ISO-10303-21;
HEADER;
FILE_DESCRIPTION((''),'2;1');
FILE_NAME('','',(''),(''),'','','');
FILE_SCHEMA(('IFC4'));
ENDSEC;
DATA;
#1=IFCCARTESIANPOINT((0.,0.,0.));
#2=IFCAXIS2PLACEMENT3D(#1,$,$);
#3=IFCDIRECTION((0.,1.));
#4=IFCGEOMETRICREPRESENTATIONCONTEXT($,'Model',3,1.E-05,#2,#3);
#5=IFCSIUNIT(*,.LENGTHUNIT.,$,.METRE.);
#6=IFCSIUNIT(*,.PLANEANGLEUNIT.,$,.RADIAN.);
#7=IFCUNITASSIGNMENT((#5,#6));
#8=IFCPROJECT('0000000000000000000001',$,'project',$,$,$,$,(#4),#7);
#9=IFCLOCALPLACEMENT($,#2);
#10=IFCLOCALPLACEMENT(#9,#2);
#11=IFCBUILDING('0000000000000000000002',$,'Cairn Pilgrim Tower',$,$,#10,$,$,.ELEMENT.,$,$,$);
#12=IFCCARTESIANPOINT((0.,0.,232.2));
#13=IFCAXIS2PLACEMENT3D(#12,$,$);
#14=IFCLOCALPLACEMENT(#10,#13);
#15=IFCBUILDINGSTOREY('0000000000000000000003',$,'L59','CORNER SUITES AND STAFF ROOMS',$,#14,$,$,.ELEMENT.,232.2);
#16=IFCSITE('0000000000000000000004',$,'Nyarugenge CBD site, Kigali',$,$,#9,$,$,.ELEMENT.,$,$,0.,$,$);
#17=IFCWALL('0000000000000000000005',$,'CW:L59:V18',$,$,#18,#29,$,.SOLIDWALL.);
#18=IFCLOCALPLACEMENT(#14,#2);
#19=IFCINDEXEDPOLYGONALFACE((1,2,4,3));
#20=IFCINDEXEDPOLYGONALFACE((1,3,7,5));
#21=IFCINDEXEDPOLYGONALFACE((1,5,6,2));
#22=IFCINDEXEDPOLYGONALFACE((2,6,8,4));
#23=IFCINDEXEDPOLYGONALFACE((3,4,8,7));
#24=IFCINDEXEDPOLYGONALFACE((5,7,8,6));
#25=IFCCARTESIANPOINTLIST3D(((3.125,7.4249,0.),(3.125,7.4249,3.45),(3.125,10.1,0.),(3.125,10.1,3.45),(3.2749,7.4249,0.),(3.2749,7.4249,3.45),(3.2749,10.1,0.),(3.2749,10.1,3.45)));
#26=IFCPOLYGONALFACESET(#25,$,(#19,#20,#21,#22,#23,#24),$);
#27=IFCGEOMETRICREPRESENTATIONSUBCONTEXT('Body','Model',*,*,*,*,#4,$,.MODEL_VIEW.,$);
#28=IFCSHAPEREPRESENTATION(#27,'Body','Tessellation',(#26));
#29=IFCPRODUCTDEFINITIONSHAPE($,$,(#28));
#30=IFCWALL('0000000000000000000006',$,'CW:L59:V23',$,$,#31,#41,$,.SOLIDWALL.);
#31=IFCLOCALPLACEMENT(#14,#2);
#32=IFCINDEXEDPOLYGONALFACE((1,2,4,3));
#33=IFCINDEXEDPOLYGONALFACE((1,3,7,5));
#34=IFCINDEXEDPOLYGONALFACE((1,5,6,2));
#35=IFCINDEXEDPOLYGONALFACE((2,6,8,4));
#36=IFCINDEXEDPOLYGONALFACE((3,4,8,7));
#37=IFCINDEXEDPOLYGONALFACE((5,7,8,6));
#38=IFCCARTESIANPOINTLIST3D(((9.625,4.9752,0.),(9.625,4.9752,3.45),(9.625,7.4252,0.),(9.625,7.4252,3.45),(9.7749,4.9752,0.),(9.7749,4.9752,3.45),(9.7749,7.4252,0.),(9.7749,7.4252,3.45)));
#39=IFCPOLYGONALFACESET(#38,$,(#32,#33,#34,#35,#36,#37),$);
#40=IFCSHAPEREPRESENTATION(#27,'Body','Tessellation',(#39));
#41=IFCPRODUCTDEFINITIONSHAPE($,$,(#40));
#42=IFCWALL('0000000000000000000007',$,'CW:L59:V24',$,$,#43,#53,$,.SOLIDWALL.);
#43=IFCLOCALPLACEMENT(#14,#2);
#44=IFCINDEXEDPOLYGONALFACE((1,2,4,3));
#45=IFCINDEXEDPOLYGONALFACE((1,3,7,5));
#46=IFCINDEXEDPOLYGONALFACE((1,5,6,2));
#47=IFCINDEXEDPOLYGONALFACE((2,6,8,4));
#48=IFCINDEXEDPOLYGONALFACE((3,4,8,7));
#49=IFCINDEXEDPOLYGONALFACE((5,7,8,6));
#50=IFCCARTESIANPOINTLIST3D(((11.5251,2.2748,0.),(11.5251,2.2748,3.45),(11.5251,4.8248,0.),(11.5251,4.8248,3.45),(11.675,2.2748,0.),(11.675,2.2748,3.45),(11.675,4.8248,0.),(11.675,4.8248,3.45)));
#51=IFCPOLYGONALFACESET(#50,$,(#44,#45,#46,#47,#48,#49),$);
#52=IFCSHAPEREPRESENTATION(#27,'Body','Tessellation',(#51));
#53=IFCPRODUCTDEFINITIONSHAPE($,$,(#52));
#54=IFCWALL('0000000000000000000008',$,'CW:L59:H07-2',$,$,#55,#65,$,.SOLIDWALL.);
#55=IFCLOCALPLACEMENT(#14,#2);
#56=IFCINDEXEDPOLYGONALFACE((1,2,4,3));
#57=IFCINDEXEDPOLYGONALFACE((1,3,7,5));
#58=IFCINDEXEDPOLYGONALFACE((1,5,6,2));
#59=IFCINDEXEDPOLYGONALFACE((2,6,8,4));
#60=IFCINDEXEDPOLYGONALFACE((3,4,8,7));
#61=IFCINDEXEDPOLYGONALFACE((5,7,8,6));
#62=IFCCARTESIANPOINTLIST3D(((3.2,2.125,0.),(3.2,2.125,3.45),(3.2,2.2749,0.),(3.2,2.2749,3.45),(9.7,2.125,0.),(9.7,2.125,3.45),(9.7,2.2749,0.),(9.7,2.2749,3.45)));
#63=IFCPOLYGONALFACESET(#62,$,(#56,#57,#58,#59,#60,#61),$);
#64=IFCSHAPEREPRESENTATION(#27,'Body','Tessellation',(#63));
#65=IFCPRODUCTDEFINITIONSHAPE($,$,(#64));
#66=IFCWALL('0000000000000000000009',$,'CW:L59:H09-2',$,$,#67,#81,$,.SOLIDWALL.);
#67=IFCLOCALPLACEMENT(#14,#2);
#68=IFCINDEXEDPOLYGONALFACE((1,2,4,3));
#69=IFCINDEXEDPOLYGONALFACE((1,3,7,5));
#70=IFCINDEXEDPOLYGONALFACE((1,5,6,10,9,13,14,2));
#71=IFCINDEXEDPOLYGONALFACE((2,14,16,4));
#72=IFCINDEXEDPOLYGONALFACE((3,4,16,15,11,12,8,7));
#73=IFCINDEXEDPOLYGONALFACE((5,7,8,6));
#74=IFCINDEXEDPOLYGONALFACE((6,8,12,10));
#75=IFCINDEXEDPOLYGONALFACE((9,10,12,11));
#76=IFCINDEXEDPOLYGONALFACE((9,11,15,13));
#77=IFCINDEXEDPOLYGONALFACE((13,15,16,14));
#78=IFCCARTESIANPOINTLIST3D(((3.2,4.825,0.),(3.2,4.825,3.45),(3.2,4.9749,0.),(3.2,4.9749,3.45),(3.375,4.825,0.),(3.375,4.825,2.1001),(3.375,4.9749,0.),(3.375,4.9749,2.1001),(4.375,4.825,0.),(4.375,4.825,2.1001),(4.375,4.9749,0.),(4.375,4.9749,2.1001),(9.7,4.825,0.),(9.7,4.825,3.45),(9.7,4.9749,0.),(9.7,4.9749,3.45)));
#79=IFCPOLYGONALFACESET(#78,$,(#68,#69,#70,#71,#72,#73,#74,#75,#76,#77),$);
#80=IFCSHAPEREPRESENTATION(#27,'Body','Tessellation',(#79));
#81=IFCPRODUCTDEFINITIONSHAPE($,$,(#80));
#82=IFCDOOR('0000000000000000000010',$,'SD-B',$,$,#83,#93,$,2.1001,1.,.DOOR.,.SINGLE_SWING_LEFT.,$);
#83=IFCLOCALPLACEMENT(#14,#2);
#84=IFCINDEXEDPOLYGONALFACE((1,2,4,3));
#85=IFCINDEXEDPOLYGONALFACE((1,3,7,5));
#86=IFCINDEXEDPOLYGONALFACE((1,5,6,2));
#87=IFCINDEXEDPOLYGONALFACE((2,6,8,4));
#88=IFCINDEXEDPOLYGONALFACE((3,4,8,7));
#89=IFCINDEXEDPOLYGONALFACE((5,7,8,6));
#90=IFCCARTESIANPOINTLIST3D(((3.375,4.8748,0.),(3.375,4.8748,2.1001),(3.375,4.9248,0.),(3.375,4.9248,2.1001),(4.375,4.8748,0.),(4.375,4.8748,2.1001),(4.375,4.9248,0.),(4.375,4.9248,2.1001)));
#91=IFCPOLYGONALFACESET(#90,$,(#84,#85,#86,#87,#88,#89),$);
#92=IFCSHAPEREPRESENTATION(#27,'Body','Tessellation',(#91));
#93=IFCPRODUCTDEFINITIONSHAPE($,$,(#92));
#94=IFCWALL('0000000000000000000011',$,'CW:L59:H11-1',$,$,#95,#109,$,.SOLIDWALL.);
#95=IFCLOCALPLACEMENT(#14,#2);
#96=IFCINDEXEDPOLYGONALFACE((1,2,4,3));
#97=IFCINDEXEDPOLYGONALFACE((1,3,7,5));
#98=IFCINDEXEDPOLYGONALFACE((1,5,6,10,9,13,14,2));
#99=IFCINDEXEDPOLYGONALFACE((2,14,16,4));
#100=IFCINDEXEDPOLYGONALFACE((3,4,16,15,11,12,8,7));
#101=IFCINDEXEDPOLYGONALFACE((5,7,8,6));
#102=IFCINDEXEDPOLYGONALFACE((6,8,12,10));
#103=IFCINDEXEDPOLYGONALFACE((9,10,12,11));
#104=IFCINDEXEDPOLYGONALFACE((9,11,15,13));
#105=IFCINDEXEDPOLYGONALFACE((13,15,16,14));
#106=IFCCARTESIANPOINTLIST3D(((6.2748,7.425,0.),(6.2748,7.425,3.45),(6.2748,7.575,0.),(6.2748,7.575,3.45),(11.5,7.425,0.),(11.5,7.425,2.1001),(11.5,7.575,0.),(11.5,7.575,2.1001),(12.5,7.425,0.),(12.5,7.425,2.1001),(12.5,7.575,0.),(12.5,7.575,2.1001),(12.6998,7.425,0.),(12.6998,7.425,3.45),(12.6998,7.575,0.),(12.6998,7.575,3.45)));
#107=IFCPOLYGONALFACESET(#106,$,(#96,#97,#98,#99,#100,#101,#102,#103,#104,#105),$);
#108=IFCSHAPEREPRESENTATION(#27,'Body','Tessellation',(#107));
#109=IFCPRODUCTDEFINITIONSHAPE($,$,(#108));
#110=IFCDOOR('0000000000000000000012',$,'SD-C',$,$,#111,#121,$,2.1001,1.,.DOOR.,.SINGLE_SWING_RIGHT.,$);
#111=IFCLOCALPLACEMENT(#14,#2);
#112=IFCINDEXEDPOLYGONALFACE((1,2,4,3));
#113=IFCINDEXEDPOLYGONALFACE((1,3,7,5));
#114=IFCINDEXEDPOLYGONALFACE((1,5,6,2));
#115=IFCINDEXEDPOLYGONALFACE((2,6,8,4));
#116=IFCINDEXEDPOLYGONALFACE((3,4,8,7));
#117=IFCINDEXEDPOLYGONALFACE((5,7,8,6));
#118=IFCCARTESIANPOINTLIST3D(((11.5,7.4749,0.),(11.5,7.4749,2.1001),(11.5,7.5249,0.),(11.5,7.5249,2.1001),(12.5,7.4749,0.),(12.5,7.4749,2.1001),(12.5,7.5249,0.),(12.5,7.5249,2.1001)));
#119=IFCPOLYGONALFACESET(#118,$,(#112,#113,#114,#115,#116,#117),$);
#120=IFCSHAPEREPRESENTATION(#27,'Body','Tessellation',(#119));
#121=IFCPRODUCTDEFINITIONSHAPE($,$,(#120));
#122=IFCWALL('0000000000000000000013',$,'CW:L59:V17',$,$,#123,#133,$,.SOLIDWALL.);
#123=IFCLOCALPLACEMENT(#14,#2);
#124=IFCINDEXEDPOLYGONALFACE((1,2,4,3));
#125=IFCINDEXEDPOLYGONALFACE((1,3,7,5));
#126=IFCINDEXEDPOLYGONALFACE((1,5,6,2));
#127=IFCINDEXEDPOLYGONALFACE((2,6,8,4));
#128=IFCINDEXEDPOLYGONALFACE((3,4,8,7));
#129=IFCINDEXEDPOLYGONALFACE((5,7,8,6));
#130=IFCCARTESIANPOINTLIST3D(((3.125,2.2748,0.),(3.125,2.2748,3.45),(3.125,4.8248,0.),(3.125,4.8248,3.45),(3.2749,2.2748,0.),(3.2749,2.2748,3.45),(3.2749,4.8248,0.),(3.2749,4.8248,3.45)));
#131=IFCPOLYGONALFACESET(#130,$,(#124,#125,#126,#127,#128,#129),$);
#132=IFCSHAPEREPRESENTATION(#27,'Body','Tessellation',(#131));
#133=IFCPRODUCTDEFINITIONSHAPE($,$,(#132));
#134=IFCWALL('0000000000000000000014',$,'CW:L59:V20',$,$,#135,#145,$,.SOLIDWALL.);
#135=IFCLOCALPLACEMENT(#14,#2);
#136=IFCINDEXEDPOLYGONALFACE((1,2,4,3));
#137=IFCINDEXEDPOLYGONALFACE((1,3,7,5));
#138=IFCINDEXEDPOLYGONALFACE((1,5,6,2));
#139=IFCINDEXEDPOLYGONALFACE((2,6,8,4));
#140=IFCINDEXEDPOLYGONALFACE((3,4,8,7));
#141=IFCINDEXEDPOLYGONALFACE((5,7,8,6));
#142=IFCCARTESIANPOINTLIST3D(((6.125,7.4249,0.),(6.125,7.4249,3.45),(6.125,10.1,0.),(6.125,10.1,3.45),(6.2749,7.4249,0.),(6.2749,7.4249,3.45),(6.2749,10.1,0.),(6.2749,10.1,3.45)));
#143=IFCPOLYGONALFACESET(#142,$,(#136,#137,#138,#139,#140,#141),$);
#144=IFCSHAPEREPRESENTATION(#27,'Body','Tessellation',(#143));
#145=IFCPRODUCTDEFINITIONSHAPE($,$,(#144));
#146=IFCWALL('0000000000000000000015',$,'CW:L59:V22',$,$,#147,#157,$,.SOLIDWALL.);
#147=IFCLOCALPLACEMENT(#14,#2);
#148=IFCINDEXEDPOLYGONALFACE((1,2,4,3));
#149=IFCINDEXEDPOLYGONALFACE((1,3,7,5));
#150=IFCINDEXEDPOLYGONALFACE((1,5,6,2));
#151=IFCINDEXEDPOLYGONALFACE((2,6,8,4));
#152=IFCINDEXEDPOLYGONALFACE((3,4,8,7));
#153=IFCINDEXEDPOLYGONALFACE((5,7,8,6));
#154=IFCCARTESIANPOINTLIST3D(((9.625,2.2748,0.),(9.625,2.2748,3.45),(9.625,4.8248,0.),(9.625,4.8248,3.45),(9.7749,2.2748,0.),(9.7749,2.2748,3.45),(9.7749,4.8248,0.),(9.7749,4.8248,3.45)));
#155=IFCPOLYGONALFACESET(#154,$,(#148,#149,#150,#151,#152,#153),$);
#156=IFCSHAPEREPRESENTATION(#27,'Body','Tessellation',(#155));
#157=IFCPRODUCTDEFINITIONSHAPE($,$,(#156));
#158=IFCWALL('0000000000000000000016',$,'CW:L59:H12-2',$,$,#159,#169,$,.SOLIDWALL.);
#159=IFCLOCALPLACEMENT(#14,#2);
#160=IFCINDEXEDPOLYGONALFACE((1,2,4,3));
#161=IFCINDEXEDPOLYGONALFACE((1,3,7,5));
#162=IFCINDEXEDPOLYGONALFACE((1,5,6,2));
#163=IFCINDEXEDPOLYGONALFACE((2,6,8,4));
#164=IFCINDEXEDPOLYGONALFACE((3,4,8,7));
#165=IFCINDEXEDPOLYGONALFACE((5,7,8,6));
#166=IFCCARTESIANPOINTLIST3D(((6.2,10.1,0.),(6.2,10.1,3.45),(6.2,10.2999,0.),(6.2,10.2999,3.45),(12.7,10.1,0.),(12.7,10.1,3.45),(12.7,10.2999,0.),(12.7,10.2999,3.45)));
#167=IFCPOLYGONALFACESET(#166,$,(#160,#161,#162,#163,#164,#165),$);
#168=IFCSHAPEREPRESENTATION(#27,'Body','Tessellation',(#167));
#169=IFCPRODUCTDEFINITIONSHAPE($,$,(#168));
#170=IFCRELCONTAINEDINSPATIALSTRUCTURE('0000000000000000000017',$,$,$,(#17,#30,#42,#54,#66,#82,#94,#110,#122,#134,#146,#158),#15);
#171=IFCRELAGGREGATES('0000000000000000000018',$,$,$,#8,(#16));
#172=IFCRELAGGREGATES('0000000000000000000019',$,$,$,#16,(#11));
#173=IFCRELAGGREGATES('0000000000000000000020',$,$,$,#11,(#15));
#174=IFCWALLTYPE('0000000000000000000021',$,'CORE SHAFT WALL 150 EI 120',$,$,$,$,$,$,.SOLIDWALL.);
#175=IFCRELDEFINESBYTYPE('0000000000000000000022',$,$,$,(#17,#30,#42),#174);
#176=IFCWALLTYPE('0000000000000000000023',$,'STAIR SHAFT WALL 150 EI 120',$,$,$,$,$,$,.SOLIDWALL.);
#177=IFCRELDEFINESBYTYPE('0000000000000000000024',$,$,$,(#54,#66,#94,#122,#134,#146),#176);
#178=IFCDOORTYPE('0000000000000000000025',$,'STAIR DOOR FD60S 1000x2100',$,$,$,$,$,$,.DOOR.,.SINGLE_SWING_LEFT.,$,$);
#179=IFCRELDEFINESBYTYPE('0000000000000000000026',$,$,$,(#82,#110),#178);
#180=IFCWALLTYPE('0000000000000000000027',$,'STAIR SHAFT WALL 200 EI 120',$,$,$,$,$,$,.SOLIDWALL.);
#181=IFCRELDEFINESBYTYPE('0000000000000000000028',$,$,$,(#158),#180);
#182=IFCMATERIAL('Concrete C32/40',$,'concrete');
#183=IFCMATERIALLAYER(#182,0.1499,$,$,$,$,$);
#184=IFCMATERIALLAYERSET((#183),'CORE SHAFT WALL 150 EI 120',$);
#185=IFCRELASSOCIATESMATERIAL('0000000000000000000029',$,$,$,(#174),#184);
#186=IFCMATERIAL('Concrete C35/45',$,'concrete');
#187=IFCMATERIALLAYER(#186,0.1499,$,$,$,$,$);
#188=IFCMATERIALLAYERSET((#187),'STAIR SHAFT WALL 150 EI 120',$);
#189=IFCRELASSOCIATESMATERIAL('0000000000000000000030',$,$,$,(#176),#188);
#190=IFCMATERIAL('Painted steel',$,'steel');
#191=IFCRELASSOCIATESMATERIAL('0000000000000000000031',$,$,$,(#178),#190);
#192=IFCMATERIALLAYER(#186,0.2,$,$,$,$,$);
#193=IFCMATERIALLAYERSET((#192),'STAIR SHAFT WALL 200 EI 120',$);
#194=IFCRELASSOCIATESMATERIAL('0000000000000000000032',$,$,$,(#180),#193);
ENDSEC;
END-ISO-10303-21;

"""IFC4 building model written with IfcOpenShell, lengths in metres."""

from ifc_helpers import new_model, si_unit, direction, frame, frame_2d, origin, place, context, subcontext, project, spatial, rectangle, extrude, material, layer, layer_set, type_object, element, fill, save


model = new_model("IFC4")

# Units and contexts
model_context = context("Model", 3, precision=1e-05, world=origin(), true_north=direction((0.0, 1.0)))
body_context = subcontext(model_context, "Body", "Model", "MODEL_VIEW")
ifc_project = project(units=[si_unit("LENGTHUNIT", "METRE"), si_unit("PLANEANGLEUNIT", "RADIAN")], contexts=[model_context])

# Site, building, storey
site_placement = place(None, origin())
site = spatial("IfcSite", under=ifc_project, at=site_placement, Name="Nyarugenge CBD site, Kigali", CompositionType="ELEMENT", RefElevation=0.0)
building_placement = place(site_placement, origin())
building = spatial("IfcBuilding", under=site, at=building_placement, Name="Cairn Pilgrim Tower", CompositionType="ELEMENT")
storey_placement = place(building_placement, frame((0.0, 0.0, 232.2)))
storey = spatial("IfcBuildingStorey", under=building, at=storey_placement, Name="L59", Description="CORNER SUITES AND STAFF ROOMS", CompositionType="ELEMENT", Elevation=232.2)

# Shared definitions
ifc_material_1 = material(Name="Concrete C32/40", Category="concrete")
ifc_layer_1 = layer(ifc_material_1, 0.1499)
ifc_layer_set_1 = layer_set([ifc_layer_1], Name="CORE SHAFT WALL 150 EI 120")
wall_type_1 = type_object("IfcWallType", Name="CORE SHAFT WALL 150 EI 120", PredefinedType="SOLIDWALL", material=ifc_layer_set_1)

# Shared definitions
ifc_material_2 = material(Name="Painted steel", Category="steel")

# Walls
wall_1_placement = place(storey_placement, frame((3.2, 7.425, 0.0), z_axis=(0.0, 0.0, 1.0), x_axis=(0.0, 1.0, 0.0)))
element("IfcWall", 1, at=wall_1_placement, inside=storey, type_object=wall_type_1, Name="CW:L59:V18", PredefinedType="SOLIDWALL", context=body_context, shape_type="SweptSolid", body=[
    extrude(rectangle(XDim=2.675, YDim=0.1499, at=frame_2d((1.3374, 0.0))), origin(), (0.0, 0.0, 1.0), 3.45),
])
wall_2_placement = place(storey_placement, frame((9.7, 4.9751, 0.0), z_axis=(0.0, 0.0, 1.0), x_axis=(0.0, 1.0, 0.0)))
element("IfcWall", 2, at=wall_2_placement, inside=storey, type_object=wall_type_1, Name="CW:L59:V23", PredefinedType="SOLIDWALL", context=body_context, shape_type="SweptSolid", body=[
    extrude(rectangle(XDim=2.45, YDim=0.1499, at=frame_2d((1.2251, 0.0))), origin(), (0.0, 0.0, 1.0), 3.45),
])
wall_3_placement = place(storey_placement, frame((11.6001, 2.2749, 0.0), z_axis=(0.0, 0.0, 1.0), x_axis=(0.0, 1.0, 0.0)))
element("IfcWall", 3, at=wall_3_placement, inside=storey, type_object=wall_type_1, Name="CW:L59:V24", PredefinedType="SOLIDWALL", context=body_context, shape_type="SweptSolid", body=[
    extrude(rectangle(XDim=2.55, YDim=0.1499, at=frame_2d((1.2749, 0.0))), origin(), (0.0, 0.0, 1.0), 3.45),
])
ifc_material_3 = material(Name="Concrete C35/45", Category="concrete")
ifc_layer_2 = layer(ifc_material_3, 0.1499)
ifc_layer_set_2 = layer_set([ifc_layer_2], Name="STAIR SHAFT WALL 150 EI 120")
wall_type_2 = type_object("IfcWallType", Name="STAIR SHAFT WALL 150 EI 120", PredefinedType="SOLIDWALL", material=ifc_layer_set_2)
wall_4_placement = place(storey_placement, frame((3.2, 2.2, 0.0), z_axis=(0.0, 0.0, 1.0), x_axis=(1.0, 0.0, 0.0)))
element("IfcWall", 4, at=wall_4_placement, inside=storey, type_object=wall_type_2, Name="CW:L59:H07-2", PredefinedType="SOLIDWALL", context=body_context, shape_type="SweptSolid", body=[
    extrude(rectangle(XDim=6.5, YDim=0.1499, at=frame_2d((3.25, 0.0))), origin(), (0.0, 0.0, 1.0), 3.45),
])

# Walls, openings, doors
wall_5_placement = place(storey_placement, frame((3.2, 4.8999, 0.0), z_axis=(0.0, 0.0, 1.0), x_axis=(1.0, 0.0, 0.0)))
wall_5 = element("IfcWall", 5, at=wall_5_placement, inside=storey, type_object=wall_type_2, Name="CW:L59:H09-2", PredefinedType="SOLIDWALL", context=body_context, shape_type="SweptSolid", body=[
    extrude(rectangle(XDim=6.5, YDim=0.1499, at=frame_2d((3.25, 0.0))), origin(), (0.0, 0.0, 1.0), 3.45),
])
opening_1_placement = place(wall_5_placement, frame((0.175, 0.0, 0.0)))
opening_1 = element("IfcOpeningElement", 6, at=opening_1_placement, cuts=wall_5, PredefinedType="OPENING", context=body_context, shape_type="SweptSolid", body=[
    extrude(rectangle(XDim=1.0, YDim=2.1001, at=frame_2d((0.5, 1.05))), frame((0.0, 0.085, 0.0), z_axis=(0.0, -1.0, 0.0), x_axis=(1.0, 0.0, 0.0)), (0.0, 0.0, 1.0), 0.1699),
])
door_type_1 = type_object("IfcDoorType", Name="STAIR DOOR FD60S 1000x2100", OperationType="SINGLE_SWING_LEFT", PredefinedType="DOOR", material=ifc_material_2)
door_1_placement = place(opening_1_placement, origin())
door_1 = element("IfcDoor", 7, at=door_1_placement, inside=storey, type_object=door_type_1, Name="SD-B", OperationType="SINGLE_SWING_LEFT", OverallHeight=2.1001, OverallWidth=1.0, PredefinedType="DOOR", context=body_context, shape_type="SweptSolid", body=[
    extrude(rectangle(XDim=1.0, YDim=2.1001, at=frame_2d((0.5, 1.05))), frame((0.0, 0.0249, 0.0), z_axis=(0.0, -1.0, 0.0), x_axis=(1.0, 0.0, 0.0)), (0.0, 0.0, 1.0), 0.05),
])
fill(opening_1, door_1)
wall_6_placement = place(storey_placement, frame((6.2749, 7.5, 0.0), z_axis=(0.0, 0.0, 1.0), x_axis=(1.0, 0.0, 0.0)))
wall_6 = element("IfcWall", 8, at=wall_6_placement, inside=storey, type_object=wall_type_2, Name="CW:L59:H11-1", PredefinedType="SOLIDWALL", context=body_context, shape_type="SweptSolid", body=[
    extrude(rectangle(XDim=6.425, YDim=0.1499, at=frame_2d((3.2124, 0.0))), origin(), (0.0, 0.0, 1.0), 3.45),
])
opening_2_placement = place(wall_6_placement, frame((5.2251, 0.0, 0.0)))
opening_2 = element("IfcOpeningElement", 9, at=opening_2_placement, cuts=wall_6, PredefinedType="OPENING", context=body_context, shape_type="SweptSolid", body=[
    extrude(rectangle(XDim=1.0, YDim=2.1001, at=frame_2d((0.5, 1.05))), frame((0.0, 0.085, 0.0), z_axis=(0.0, -1.0, 0.0), x_axis=(1.0, 0.0, 0.0)), (0.0, 0.0, 1.0), 0.1699),
])
door_2_placement = place(opening_2_placement, origin())
door_2 = element("IfcDoor", 10, at=door_2_placement, inside=storey, type_object=door_type_1, Name="SD-C", OperationType="SINGLE_SWING_RIGHT", OverallHeight=2.1001, OverallWidth=1.0, PredefinedType="DOOR", context=body_context, shape_type="SweptSolid", body=[
    extrude(rectangle(XDim=1.0, YDim=2.1001, at=frame_2d((0.5, 1.05))), frame((0.0, 0.0249, 0.0), z_axis=(0.0, -1.0, 0.0), x_axis=(1.0, 0.0, 0.0)), (0.0, 0.0, 1.0), 0.05),
])
fill(opening_2, door_2)

# Walls
wall_7_placement = place(storey_placement, frame((3.2, 2.2749, 0.0), z_axis=(0.0, 0.0, 1.0), x_axis=(0.0, 1.0, 0.0)))
element("IfcWall", 11, at=wall_7_placement, inside=storey, type_object=wall_type_2, Name="CW:L59:V17", PredefinedType="SOLIDWALL", context=body_context, shape_type="SweptSolid", body=[
    extrude(rectangle(XDim=2.55, YDim=0.1499, at=frame_2d((1.2749, 0.0))), origin(), (0.0, 0.0, 1.0), 3.45),
])
wall_8_placement = place(storey_placement, frame((6.2, 7.425, 0.0), z_axis=(0.0, 0.0, 1.0), x_axis=(0.0, 1.0, 0.0)))
element("IfcWall", 12, at=wall_8_placement, inside=storey, type_object=wall_type_2, Name="CW:L59:V20", PredefinedType="SOLIDWALL", context=body_context, shape_type="SweptSolid", body=[
    extrude(rectangle(XDim=2.675, YDim=0.1499, at=frame_2d((1.3374, 0.0))), origin(), (0.0, 0.0, 1.0), 3.45),
])
wall_9_placement = place(storey_placement, frame((9.7, 2.2749, 0.0), z_axis=(0.0, 0.0, 1.0), x_axis=(0.0, 1.0, 0.0)))
element("IfcWall", 13, at=wall_9_placement, inside=storey, type_object=wall_type_2, Name="CW:L59:V22", PredefinedType="SOLIDWALL", context=body_context, shape_type="SweptSolid", body=[
    extrude(rectangle(XDim=2.55, YDim=0.1499, at=frame_2d((1.2749, 0.0))), origin(), (0.0, 0.0, 1.0), 3.45),
])
ifc_layer_3 = layer(ifc_material_3, 0.2)
ifc_layer_set_3 = layer_set([ifc_layer_3], Name="STAIR SHAFT WALL 200 EI 120")
wall_type_3 = type_object("IfcWallType", Name="STAIR SHAFT WALL 200 EI 120", PredefinedType="SOLIDWALL", material=ifc_layer_set_3)
wall_10_placement = place(storey_placement, frame((6.2, 10.2, 0.0), z_axis=(0.0, 0.0, 1.0), x_axis=(1.0, 0.0, 0.0)))
element("IfcWall", 14, at=wall_10_placement, inside=storey, type_object=wall_type_3, Name="CW:L59:H12-2", PredefinedType="SOLIDWALL", context=body_context, shape_type="SweptSolid", body=[
    extrude(rectangle(XDim=6.5, YDim=0.2, at=frame_2d((3.25, 0.0))), origin(), (0.0, 0.0, 1.0), 3.45),
])

save(model, "model.ifc")
